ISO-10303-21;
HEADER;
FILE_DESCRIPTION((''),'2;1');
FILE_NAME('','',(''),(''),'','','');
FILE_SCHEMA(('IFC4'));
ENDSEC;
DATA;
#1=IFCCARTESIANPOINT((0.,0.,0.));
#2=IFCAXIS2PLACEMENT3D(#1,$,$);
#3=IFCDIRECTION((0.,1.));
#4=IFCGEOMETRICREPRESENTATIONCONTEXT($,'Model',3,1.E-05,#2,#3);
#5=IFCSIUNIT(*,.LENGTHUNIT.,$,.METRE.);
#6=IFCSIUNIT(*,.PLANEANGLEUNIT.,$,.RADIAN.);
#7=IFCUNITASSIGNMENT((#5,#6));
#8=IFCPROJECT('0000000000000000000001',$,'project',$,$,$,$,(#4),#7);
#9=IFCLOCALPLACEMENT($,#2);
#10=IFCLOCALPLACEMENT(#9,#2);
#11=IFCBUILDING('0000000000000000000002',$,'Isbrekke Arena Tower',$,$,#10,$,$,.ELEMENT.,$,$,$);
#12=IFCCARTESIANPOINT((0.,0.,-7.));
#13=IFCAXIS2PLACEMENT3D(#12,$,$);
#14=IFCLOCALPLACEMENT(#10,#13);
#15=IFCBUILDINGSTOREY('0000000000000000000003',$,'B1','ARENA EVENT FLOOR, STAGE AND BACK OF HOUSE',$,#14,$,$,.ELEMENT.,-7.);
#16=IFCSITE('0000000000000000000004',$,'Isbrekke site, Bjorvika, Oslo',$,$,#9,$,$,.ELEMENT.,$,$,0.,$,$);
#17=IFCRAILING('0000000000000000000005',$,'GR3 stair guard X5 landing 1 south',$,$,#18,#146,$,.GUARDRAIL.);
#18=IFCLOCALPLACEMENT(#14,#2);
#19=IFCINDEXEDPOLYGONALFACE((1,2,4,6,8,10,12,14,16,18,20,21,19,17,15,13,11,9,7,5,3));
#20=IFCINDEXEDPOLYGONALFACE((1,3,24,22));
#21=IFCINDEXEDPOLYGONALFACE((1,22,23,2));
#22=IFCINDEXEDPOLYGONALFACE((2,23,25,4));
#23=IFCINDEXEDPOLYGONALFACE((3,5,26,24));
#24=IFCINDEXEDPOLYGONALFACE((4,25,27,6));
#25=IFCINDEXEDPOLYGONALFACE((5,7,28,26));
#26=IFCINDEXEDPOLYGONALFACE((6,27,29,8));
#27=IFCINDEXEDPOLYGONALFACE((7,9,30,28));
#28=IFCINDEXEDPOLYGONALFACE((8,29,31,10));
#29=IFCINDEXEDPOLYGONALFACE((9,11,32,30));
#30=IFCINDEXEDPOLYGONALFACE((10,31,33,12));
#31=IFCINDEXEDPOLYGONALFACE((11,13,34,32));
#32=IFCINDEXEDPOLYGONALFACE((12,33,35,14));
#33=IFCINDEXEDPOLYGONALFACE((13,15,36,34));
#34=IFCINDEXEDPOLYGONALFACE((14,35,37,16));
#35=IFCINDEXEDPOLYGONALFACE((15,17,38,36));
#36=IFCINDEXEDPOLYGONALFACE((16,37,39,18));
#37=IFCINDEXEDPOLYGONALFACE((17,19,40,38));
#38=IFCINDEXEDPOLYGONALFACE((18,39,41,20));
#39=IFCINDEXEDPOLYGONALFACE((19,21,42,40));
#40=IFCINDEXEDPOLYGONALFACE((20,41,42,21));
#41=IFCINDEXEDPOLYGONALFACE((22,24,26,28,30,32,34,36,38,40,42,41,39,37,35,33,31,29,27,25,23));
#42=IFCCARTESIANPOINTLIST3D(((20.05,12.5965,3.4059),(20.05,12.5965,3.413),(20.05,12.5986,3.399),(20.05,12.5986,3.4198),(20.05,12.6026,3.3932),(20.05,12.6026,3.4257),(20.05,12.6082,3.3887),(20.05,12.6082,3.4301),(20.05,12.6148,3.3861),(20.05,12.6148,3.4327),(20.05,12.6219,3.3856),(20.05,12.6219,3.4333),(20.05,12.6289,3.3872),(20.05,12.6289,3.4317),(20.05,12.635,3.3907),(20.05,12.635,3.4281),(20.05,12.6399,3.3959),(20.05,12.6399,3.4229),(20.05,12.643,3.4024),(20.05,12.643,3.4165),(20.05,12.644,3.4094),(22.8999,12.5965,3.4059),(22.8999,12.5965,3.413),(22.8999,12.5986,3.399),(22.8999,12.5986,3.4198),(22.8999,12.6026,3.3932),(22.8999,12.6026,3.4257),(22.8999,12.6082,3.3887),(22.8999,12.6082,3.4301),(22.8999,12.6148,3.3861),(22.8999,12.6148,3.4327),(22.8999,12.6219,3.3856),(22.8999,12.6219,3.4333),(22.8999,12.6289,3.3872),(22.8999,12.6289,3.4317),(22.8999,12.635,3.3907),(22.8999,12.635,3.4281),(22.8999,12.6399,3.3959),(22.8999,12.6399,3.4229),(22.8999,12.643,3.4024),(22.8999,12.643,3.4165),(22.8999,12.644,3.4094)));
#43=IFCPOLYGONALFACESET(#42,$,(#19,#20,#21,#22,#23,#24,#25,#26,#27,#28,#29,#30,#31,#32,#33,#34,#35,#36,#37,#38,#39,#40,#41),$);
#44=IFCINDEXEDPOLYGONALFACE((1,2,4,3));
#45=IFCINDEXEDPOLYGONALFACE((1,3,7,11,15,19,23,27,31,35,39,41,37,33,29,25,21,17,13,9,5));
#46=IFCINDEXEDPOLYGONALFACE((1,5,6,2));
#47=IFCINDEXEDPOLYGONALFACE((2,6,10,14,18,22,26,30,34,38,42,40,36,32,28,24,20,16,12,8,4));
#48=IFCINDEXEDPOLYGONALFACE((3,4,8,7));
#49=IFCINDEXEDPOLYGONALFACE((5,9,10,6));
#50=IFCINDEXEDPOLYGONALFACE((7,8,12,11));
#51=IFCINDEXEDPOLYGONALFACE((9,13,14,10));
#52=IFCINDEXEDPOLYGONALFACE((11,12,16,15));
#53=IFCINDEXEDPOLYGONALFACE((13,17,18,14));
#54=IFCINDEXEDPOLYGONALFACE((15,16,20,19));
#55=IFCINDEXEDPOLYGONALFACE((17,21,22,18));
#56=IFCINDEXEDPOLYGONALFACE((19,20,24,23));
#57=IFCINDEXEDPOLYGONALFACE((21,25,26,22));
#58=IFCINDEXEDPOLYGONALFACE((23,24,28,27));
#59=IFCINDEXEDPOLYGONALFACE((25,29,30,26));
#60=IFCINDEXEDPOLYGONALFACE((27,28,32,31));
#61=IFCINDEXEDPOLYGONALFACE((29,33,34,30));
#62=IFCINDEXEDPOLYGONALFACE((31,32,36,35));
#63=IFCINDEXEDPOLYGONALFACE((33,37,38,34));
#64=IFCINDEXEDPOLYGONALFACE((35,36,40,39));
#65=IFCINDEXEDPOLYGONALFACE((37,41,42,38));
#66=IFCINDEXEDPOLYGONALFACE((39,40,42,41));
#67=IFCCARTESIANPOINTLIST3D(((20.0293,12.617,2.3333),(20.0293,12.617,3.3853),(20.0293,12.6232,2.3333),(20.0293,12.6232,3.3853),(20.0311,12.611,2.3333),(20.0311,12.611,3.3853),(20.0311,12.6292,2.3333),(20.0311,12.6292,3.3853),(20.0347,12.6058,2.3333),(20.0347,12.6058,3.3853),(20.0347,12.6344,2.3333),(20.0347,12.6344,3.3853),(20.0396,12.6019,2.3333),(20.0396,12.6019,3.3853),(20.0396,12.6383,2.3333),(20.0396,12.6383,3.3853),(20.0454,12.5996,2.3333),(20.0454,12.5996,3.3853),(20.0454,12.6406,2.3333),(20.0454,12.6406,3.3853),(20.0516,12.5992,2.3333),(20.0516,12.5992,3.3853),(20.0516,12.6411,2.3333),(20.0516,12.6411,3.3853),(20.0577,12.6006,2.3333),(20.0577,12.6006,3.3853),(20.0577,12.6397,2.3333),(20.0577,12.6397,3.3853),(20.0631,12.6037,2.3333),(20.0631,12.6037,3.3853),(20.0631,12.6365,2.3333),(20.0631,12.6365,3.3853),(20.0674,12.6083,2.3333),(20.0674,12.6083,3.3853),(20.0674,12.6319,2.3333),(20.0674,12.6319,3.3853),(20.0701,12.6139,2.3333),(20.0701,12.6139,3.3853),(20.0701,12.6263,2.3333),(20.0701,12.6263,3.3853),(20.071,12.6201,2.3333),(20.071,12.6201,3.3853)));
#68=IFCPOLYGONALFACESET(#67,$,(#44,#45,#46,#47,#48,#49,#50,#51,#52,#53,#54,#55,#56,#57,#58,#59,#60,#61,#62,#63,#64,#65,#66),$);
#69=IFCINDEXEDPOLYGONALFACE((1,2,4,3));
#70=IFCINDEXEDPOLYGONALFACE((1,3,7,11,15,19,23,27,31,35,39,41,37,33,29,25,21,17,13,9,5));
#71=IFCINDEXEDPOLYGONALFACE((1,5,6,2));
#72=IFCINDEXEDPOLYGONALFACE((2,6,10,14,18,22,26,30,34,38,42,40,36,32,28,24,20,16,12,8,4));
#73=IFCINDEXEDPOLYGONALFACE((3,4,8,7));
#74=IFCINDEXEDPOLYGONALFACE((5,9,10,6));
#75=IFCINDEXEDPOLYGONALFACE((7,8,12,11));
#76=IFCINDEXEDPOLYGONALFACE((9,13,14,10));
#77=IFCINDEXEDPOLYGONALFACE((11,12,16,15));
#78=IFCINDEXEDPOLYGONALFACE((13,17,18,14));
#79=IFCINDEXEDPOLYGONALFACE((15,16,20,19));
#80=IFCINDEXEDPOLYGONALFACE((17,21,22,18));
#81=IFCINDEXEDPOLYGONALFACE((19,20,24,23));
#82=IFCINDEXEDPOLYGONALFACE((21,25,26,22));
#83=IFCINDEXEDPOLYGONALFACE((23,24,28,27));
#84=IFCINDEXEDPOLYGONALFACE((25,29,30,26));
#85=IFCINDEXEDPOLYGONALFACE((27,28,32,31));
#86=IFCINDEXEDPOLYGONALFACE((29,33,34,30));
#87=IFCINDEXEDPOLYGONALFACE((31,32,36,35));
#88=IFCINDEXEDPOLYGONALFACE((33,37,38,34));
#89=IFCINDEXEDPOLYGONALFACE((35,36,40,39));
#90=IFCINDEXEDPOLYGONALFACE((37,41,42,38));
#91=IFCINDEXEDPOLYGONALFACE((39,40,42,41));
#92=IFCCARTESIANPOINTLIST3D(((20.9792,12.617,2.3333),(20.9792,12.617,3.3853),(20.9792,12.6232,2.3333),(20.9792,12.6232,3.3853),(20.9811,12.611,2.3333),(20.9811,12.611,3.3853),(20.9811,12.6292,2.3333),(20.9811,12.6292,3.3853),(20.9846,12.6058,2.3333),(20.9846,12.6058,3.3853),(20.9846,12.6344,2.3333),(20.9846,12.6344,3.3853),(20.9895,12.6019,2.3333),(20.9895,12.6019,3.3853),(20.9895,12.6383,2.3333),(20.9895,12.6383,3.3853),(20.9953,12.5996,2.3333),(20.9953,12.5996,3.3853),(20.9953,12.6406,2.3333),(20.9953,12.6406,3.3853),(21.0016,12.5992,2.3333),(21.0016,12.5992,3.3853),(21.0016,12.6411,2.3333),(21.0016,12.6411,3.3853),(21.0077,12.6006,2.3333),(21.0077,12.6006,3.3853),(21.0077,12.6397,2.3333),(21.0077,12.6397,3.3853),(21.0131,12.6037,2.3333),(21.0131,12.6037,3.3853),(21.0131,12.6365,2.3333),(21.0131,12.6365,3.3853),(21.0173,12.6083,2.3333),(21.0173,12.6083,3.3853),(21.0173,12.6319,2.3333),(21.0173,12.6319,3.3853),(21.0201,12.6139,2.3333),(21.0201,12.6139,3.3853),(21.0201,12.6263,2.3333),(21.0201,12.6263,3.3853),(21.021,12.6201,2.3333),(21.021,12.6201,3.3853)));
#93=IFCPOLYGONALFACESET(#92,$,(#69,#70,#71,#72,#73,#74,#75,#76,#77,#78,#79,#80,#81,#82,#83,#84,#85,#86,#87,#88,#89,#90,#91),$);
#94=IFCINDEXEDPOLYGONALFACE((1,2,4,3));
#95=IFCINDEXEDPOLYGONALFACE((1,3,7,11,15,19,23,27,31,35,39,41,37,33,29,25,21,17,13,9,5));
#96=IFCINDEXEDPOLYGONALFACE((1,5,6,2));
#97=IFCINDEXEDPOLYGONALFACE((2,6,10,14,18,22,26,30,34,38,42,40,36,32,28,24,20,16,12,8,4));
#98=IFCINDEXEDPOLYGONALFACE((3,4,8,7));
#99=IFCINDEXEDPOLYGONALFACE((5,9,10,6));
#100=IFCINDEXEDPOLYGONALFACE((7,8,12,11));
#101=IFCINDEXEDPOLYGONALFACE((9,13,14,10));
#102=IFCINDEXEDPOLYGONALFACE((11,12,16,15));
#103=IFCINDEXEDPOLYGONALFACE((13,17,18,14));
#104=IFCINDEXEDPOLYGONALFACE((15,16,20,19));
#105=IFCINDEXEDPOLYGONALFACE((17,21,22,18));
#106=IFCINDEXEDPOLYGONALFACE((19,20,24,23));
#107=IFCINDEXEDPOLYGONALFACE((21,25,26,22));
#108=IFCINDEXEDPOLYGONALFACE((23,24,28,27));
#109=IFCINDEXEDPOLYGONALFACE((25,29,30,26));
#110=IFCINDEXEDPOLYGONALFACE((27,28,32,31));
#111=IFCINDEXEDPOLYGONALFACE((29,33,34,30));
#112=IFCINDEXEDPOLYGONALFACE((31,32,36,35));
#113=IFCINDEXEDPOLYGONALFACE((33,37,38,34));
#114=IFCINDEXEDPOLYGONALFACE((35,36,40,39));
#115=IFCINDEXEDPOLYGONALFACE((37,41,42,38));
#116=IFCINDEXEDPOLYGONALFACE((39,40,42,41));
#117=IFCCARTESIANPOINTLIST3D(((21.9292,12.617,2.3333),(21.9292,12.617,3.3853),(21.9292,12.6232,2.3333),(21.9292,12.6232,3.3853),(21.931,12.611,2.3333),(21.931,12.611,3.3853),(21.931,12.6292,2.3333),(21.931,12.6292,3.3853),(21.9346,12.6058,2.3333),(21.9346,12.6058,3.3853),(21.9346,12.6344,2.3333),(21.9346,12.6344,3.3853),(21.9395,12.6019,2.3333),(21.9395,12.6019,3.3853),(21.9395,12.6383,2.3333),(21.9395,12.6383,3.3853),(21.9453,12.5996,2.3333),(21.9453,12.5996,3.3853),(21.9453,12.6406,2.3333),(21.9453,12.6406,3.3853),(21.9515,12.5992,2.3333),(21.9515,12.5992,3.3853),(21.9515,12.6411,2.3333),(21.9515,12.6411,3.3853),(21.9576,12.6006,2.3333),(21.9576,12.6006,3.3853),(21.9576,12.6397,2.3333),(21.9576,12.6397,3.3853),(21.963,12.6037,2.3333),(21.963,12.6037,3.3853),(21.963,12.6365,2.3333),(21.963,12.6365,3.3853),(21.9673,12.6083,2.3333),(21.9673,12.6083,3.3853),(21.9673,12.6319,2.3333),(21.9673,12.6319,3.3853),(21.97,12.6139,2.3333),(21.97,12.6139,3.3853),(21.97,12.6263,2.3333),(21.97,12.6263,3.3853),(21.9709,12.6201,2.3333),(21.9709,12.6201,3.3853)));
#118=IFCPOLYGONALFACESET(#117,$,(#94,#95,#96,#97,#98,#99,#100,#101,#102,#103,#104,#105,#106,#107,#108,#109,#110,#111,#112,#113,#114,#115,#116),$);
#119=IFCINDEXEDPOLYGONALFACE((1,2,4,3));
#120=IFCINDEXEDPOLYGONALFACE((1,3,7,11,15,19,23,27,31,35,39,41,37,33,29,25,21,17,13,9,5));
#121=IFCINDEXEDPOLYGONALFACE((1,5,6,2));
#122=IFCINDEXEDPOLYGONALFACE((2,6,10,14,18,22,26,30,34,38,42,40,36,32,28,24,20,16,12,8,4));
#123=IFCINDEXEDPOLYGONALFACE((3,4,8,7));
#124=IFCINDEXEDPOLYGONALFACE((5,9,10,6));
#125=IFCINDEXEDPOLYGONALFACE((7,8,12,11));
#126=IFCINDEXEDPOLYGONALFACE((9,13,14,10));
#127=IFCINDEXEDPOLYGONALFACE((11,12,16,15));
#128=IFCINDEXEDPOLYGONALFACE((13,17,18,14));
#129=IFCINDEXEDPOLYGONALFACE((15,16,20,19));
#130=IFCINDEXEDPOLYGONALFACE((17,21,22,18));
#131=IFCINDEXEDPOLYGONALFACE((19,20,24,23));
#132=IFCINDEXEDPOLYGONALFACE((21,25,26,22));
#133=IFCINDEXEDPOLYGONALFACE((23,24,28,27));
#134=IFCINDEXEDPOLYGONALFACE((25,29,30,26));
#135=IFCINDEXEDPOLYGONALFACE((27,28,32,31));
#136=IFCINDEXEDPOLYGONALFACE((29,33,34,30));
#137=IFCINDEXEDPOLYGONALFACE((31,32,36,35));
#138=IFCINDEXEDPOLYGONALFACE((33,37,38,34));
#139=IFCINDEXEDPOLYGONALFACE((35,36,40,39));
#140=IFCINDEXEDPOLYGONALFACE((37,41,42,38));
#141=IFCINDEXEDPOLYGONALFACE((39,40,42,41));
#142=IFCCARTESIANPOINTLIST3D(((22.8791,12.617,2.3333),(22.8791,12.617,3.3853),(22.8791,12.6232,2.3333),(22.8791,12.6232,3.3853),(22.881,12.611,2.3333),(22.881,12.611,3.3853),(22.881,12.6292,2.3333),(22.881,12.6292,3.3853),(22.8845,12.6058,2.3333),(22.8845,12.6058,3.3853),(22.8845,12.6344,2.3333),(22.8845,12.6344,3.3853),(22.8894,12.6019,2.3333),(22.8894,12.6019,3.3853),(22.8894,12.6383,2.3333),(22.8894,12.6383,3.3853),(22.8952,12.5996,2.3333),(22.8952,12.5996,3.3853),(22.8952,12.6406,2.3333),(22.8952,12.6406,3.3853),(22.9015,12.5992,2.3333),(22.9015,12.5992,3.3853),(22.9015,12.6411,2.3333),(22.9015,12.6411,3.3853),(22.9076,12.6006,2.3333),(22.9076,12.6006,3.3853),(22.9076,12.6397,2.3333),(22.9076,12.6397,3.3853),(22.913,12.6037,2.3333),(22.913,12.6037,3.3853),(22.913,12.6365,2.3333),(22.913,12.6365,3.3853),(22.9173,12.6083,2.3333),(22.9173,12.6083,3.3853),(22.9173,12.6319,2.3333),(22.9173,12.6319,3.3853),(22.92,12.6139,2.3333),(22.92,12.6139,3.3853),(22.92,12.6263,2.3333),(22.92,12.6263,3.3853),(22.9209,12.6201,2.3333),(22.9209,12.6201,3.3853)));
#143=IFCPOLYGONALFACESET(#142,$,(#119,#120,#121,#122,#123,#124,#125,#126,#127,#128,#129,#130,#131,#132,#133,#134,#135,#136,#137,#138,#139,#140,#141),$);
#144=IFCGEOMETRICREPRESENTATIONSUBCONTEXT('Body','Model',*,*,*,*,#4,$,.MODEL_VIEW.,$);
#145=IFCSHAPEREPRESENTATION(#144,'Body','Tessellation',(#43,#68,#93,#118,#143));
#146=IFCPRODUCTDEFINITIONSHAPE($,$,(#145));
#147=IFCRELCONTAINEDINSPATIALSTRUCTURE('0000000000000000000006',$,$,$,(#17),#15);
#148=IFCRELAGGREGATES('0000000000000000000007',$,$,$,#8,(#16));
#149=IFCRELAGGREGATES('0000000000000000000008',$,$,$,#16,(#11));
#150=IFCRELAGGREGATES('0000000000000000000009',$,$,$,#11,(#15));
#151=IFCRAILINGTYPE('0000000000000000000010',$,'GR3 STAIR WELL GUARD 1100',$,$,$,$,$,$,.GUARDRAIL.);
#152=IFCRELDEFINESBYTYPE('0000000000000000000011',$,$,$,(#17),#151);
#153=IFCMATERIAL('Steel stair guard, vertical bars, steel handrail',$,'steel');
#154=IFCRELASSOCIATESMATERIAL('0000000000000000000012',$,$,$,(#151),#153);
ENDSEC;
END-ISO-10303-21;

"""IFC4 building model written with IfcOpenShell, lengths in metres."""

from ifc_helpers import new_model, si_unit, direction, frame, origin, origin_2d, place, context, subcontext, project, spatial, circle, extrude, material, type_object, element, save


model = new_model("IFC4")

# Units and contexts
model_context = context("Model", 3, precision=1e-05, world=origin(), true_north=direction((0.0, 1.0)))
body_context = subcontext(model_context, "Body", "Model", "MODEL_VIEW")
ifc_project = project(units=[si_unit("LENGTHUNIT", "METRE"), si_unit("PLANEANGLEUNIT", "RADIAN")], contexts=[model_context])

# Site, building, storey
site_placement = place(None, origin())
site = spatial("IfcSite", under=ifc_project, at=site_placement, Name="Isbrekke site, Bjorvika, Oslo", CompositionType="ELEMENT", RefElevation=0.0)
building_placement = place(site_placement, origin())
building = spatial("IfcBuilding", under=site, at=building_placement, Name="Isbrekke Arena Tower", CompositionType="ELEMENT")
storey_placement = place(building_placement, frame((0.0, 0.0, -7.0)))
storey = spatial("IfcBuildingStorey", under=building, at=storey_placement, Name="B1", Description="ARENA EVENT FLOOR, STAGE AND BACK OF HOUSE", CompositionType="ELEMENT", Elevation=-7.0)

# Railing
ifc_material_1 = material(Name="Steel stair guard, vertical bars, steel handrail", Category="steel")
railing_type = type_object("IfcRailingType", Name="GR3 STAIR WELL GUARD 1100", PredefinedType="GUARDRAIL", material=ifc_material_1)
railing_1_placement = place(storey_placement, frame((20.05, 12.6201, 2.3333)))
element("IfcRailing", 1, at=railing_1_placement, inside=storey, type_object=railing_type, Name="GR3 stair guard X5 landing 1 south", PredefinedType="GUARDRAIL", context=body_context, shape_type="SweptSolid", body=[
    extrude(circle(Radius=0.0239, at=origin_2d()), frame((0.0, 0.0, 1.0762), z_axis=(1.0, 0.0, 0.0), x_axis=(0.0, 1.0, 0.0)), (0.0, 0.0, 1.0), 2.8499),
    extrude(circle(Radius=0.021, at=origin_2d()), origin(), (0.0, 0.0, 1.0), 1.052),
    extrude(circle(Radius=0.021, at=origin_2d()), frame((0.95, 0.0, 0.0)), (0.0, 0.0, 1.0), 1.052),
    extrude(circle(Radius=0.021, at=origin_2d()), frame((1.8999, 0.0, 0.0)), (0.0, 0.0, 1.0), 1.052),
    extrude(circle(Radius=0.021, at=origin_2d()), frame((2.8499, 0.0, 0.0)), (0.0, 0.0, 1.0), 1.052),
])

save(model, "model.ifc")
